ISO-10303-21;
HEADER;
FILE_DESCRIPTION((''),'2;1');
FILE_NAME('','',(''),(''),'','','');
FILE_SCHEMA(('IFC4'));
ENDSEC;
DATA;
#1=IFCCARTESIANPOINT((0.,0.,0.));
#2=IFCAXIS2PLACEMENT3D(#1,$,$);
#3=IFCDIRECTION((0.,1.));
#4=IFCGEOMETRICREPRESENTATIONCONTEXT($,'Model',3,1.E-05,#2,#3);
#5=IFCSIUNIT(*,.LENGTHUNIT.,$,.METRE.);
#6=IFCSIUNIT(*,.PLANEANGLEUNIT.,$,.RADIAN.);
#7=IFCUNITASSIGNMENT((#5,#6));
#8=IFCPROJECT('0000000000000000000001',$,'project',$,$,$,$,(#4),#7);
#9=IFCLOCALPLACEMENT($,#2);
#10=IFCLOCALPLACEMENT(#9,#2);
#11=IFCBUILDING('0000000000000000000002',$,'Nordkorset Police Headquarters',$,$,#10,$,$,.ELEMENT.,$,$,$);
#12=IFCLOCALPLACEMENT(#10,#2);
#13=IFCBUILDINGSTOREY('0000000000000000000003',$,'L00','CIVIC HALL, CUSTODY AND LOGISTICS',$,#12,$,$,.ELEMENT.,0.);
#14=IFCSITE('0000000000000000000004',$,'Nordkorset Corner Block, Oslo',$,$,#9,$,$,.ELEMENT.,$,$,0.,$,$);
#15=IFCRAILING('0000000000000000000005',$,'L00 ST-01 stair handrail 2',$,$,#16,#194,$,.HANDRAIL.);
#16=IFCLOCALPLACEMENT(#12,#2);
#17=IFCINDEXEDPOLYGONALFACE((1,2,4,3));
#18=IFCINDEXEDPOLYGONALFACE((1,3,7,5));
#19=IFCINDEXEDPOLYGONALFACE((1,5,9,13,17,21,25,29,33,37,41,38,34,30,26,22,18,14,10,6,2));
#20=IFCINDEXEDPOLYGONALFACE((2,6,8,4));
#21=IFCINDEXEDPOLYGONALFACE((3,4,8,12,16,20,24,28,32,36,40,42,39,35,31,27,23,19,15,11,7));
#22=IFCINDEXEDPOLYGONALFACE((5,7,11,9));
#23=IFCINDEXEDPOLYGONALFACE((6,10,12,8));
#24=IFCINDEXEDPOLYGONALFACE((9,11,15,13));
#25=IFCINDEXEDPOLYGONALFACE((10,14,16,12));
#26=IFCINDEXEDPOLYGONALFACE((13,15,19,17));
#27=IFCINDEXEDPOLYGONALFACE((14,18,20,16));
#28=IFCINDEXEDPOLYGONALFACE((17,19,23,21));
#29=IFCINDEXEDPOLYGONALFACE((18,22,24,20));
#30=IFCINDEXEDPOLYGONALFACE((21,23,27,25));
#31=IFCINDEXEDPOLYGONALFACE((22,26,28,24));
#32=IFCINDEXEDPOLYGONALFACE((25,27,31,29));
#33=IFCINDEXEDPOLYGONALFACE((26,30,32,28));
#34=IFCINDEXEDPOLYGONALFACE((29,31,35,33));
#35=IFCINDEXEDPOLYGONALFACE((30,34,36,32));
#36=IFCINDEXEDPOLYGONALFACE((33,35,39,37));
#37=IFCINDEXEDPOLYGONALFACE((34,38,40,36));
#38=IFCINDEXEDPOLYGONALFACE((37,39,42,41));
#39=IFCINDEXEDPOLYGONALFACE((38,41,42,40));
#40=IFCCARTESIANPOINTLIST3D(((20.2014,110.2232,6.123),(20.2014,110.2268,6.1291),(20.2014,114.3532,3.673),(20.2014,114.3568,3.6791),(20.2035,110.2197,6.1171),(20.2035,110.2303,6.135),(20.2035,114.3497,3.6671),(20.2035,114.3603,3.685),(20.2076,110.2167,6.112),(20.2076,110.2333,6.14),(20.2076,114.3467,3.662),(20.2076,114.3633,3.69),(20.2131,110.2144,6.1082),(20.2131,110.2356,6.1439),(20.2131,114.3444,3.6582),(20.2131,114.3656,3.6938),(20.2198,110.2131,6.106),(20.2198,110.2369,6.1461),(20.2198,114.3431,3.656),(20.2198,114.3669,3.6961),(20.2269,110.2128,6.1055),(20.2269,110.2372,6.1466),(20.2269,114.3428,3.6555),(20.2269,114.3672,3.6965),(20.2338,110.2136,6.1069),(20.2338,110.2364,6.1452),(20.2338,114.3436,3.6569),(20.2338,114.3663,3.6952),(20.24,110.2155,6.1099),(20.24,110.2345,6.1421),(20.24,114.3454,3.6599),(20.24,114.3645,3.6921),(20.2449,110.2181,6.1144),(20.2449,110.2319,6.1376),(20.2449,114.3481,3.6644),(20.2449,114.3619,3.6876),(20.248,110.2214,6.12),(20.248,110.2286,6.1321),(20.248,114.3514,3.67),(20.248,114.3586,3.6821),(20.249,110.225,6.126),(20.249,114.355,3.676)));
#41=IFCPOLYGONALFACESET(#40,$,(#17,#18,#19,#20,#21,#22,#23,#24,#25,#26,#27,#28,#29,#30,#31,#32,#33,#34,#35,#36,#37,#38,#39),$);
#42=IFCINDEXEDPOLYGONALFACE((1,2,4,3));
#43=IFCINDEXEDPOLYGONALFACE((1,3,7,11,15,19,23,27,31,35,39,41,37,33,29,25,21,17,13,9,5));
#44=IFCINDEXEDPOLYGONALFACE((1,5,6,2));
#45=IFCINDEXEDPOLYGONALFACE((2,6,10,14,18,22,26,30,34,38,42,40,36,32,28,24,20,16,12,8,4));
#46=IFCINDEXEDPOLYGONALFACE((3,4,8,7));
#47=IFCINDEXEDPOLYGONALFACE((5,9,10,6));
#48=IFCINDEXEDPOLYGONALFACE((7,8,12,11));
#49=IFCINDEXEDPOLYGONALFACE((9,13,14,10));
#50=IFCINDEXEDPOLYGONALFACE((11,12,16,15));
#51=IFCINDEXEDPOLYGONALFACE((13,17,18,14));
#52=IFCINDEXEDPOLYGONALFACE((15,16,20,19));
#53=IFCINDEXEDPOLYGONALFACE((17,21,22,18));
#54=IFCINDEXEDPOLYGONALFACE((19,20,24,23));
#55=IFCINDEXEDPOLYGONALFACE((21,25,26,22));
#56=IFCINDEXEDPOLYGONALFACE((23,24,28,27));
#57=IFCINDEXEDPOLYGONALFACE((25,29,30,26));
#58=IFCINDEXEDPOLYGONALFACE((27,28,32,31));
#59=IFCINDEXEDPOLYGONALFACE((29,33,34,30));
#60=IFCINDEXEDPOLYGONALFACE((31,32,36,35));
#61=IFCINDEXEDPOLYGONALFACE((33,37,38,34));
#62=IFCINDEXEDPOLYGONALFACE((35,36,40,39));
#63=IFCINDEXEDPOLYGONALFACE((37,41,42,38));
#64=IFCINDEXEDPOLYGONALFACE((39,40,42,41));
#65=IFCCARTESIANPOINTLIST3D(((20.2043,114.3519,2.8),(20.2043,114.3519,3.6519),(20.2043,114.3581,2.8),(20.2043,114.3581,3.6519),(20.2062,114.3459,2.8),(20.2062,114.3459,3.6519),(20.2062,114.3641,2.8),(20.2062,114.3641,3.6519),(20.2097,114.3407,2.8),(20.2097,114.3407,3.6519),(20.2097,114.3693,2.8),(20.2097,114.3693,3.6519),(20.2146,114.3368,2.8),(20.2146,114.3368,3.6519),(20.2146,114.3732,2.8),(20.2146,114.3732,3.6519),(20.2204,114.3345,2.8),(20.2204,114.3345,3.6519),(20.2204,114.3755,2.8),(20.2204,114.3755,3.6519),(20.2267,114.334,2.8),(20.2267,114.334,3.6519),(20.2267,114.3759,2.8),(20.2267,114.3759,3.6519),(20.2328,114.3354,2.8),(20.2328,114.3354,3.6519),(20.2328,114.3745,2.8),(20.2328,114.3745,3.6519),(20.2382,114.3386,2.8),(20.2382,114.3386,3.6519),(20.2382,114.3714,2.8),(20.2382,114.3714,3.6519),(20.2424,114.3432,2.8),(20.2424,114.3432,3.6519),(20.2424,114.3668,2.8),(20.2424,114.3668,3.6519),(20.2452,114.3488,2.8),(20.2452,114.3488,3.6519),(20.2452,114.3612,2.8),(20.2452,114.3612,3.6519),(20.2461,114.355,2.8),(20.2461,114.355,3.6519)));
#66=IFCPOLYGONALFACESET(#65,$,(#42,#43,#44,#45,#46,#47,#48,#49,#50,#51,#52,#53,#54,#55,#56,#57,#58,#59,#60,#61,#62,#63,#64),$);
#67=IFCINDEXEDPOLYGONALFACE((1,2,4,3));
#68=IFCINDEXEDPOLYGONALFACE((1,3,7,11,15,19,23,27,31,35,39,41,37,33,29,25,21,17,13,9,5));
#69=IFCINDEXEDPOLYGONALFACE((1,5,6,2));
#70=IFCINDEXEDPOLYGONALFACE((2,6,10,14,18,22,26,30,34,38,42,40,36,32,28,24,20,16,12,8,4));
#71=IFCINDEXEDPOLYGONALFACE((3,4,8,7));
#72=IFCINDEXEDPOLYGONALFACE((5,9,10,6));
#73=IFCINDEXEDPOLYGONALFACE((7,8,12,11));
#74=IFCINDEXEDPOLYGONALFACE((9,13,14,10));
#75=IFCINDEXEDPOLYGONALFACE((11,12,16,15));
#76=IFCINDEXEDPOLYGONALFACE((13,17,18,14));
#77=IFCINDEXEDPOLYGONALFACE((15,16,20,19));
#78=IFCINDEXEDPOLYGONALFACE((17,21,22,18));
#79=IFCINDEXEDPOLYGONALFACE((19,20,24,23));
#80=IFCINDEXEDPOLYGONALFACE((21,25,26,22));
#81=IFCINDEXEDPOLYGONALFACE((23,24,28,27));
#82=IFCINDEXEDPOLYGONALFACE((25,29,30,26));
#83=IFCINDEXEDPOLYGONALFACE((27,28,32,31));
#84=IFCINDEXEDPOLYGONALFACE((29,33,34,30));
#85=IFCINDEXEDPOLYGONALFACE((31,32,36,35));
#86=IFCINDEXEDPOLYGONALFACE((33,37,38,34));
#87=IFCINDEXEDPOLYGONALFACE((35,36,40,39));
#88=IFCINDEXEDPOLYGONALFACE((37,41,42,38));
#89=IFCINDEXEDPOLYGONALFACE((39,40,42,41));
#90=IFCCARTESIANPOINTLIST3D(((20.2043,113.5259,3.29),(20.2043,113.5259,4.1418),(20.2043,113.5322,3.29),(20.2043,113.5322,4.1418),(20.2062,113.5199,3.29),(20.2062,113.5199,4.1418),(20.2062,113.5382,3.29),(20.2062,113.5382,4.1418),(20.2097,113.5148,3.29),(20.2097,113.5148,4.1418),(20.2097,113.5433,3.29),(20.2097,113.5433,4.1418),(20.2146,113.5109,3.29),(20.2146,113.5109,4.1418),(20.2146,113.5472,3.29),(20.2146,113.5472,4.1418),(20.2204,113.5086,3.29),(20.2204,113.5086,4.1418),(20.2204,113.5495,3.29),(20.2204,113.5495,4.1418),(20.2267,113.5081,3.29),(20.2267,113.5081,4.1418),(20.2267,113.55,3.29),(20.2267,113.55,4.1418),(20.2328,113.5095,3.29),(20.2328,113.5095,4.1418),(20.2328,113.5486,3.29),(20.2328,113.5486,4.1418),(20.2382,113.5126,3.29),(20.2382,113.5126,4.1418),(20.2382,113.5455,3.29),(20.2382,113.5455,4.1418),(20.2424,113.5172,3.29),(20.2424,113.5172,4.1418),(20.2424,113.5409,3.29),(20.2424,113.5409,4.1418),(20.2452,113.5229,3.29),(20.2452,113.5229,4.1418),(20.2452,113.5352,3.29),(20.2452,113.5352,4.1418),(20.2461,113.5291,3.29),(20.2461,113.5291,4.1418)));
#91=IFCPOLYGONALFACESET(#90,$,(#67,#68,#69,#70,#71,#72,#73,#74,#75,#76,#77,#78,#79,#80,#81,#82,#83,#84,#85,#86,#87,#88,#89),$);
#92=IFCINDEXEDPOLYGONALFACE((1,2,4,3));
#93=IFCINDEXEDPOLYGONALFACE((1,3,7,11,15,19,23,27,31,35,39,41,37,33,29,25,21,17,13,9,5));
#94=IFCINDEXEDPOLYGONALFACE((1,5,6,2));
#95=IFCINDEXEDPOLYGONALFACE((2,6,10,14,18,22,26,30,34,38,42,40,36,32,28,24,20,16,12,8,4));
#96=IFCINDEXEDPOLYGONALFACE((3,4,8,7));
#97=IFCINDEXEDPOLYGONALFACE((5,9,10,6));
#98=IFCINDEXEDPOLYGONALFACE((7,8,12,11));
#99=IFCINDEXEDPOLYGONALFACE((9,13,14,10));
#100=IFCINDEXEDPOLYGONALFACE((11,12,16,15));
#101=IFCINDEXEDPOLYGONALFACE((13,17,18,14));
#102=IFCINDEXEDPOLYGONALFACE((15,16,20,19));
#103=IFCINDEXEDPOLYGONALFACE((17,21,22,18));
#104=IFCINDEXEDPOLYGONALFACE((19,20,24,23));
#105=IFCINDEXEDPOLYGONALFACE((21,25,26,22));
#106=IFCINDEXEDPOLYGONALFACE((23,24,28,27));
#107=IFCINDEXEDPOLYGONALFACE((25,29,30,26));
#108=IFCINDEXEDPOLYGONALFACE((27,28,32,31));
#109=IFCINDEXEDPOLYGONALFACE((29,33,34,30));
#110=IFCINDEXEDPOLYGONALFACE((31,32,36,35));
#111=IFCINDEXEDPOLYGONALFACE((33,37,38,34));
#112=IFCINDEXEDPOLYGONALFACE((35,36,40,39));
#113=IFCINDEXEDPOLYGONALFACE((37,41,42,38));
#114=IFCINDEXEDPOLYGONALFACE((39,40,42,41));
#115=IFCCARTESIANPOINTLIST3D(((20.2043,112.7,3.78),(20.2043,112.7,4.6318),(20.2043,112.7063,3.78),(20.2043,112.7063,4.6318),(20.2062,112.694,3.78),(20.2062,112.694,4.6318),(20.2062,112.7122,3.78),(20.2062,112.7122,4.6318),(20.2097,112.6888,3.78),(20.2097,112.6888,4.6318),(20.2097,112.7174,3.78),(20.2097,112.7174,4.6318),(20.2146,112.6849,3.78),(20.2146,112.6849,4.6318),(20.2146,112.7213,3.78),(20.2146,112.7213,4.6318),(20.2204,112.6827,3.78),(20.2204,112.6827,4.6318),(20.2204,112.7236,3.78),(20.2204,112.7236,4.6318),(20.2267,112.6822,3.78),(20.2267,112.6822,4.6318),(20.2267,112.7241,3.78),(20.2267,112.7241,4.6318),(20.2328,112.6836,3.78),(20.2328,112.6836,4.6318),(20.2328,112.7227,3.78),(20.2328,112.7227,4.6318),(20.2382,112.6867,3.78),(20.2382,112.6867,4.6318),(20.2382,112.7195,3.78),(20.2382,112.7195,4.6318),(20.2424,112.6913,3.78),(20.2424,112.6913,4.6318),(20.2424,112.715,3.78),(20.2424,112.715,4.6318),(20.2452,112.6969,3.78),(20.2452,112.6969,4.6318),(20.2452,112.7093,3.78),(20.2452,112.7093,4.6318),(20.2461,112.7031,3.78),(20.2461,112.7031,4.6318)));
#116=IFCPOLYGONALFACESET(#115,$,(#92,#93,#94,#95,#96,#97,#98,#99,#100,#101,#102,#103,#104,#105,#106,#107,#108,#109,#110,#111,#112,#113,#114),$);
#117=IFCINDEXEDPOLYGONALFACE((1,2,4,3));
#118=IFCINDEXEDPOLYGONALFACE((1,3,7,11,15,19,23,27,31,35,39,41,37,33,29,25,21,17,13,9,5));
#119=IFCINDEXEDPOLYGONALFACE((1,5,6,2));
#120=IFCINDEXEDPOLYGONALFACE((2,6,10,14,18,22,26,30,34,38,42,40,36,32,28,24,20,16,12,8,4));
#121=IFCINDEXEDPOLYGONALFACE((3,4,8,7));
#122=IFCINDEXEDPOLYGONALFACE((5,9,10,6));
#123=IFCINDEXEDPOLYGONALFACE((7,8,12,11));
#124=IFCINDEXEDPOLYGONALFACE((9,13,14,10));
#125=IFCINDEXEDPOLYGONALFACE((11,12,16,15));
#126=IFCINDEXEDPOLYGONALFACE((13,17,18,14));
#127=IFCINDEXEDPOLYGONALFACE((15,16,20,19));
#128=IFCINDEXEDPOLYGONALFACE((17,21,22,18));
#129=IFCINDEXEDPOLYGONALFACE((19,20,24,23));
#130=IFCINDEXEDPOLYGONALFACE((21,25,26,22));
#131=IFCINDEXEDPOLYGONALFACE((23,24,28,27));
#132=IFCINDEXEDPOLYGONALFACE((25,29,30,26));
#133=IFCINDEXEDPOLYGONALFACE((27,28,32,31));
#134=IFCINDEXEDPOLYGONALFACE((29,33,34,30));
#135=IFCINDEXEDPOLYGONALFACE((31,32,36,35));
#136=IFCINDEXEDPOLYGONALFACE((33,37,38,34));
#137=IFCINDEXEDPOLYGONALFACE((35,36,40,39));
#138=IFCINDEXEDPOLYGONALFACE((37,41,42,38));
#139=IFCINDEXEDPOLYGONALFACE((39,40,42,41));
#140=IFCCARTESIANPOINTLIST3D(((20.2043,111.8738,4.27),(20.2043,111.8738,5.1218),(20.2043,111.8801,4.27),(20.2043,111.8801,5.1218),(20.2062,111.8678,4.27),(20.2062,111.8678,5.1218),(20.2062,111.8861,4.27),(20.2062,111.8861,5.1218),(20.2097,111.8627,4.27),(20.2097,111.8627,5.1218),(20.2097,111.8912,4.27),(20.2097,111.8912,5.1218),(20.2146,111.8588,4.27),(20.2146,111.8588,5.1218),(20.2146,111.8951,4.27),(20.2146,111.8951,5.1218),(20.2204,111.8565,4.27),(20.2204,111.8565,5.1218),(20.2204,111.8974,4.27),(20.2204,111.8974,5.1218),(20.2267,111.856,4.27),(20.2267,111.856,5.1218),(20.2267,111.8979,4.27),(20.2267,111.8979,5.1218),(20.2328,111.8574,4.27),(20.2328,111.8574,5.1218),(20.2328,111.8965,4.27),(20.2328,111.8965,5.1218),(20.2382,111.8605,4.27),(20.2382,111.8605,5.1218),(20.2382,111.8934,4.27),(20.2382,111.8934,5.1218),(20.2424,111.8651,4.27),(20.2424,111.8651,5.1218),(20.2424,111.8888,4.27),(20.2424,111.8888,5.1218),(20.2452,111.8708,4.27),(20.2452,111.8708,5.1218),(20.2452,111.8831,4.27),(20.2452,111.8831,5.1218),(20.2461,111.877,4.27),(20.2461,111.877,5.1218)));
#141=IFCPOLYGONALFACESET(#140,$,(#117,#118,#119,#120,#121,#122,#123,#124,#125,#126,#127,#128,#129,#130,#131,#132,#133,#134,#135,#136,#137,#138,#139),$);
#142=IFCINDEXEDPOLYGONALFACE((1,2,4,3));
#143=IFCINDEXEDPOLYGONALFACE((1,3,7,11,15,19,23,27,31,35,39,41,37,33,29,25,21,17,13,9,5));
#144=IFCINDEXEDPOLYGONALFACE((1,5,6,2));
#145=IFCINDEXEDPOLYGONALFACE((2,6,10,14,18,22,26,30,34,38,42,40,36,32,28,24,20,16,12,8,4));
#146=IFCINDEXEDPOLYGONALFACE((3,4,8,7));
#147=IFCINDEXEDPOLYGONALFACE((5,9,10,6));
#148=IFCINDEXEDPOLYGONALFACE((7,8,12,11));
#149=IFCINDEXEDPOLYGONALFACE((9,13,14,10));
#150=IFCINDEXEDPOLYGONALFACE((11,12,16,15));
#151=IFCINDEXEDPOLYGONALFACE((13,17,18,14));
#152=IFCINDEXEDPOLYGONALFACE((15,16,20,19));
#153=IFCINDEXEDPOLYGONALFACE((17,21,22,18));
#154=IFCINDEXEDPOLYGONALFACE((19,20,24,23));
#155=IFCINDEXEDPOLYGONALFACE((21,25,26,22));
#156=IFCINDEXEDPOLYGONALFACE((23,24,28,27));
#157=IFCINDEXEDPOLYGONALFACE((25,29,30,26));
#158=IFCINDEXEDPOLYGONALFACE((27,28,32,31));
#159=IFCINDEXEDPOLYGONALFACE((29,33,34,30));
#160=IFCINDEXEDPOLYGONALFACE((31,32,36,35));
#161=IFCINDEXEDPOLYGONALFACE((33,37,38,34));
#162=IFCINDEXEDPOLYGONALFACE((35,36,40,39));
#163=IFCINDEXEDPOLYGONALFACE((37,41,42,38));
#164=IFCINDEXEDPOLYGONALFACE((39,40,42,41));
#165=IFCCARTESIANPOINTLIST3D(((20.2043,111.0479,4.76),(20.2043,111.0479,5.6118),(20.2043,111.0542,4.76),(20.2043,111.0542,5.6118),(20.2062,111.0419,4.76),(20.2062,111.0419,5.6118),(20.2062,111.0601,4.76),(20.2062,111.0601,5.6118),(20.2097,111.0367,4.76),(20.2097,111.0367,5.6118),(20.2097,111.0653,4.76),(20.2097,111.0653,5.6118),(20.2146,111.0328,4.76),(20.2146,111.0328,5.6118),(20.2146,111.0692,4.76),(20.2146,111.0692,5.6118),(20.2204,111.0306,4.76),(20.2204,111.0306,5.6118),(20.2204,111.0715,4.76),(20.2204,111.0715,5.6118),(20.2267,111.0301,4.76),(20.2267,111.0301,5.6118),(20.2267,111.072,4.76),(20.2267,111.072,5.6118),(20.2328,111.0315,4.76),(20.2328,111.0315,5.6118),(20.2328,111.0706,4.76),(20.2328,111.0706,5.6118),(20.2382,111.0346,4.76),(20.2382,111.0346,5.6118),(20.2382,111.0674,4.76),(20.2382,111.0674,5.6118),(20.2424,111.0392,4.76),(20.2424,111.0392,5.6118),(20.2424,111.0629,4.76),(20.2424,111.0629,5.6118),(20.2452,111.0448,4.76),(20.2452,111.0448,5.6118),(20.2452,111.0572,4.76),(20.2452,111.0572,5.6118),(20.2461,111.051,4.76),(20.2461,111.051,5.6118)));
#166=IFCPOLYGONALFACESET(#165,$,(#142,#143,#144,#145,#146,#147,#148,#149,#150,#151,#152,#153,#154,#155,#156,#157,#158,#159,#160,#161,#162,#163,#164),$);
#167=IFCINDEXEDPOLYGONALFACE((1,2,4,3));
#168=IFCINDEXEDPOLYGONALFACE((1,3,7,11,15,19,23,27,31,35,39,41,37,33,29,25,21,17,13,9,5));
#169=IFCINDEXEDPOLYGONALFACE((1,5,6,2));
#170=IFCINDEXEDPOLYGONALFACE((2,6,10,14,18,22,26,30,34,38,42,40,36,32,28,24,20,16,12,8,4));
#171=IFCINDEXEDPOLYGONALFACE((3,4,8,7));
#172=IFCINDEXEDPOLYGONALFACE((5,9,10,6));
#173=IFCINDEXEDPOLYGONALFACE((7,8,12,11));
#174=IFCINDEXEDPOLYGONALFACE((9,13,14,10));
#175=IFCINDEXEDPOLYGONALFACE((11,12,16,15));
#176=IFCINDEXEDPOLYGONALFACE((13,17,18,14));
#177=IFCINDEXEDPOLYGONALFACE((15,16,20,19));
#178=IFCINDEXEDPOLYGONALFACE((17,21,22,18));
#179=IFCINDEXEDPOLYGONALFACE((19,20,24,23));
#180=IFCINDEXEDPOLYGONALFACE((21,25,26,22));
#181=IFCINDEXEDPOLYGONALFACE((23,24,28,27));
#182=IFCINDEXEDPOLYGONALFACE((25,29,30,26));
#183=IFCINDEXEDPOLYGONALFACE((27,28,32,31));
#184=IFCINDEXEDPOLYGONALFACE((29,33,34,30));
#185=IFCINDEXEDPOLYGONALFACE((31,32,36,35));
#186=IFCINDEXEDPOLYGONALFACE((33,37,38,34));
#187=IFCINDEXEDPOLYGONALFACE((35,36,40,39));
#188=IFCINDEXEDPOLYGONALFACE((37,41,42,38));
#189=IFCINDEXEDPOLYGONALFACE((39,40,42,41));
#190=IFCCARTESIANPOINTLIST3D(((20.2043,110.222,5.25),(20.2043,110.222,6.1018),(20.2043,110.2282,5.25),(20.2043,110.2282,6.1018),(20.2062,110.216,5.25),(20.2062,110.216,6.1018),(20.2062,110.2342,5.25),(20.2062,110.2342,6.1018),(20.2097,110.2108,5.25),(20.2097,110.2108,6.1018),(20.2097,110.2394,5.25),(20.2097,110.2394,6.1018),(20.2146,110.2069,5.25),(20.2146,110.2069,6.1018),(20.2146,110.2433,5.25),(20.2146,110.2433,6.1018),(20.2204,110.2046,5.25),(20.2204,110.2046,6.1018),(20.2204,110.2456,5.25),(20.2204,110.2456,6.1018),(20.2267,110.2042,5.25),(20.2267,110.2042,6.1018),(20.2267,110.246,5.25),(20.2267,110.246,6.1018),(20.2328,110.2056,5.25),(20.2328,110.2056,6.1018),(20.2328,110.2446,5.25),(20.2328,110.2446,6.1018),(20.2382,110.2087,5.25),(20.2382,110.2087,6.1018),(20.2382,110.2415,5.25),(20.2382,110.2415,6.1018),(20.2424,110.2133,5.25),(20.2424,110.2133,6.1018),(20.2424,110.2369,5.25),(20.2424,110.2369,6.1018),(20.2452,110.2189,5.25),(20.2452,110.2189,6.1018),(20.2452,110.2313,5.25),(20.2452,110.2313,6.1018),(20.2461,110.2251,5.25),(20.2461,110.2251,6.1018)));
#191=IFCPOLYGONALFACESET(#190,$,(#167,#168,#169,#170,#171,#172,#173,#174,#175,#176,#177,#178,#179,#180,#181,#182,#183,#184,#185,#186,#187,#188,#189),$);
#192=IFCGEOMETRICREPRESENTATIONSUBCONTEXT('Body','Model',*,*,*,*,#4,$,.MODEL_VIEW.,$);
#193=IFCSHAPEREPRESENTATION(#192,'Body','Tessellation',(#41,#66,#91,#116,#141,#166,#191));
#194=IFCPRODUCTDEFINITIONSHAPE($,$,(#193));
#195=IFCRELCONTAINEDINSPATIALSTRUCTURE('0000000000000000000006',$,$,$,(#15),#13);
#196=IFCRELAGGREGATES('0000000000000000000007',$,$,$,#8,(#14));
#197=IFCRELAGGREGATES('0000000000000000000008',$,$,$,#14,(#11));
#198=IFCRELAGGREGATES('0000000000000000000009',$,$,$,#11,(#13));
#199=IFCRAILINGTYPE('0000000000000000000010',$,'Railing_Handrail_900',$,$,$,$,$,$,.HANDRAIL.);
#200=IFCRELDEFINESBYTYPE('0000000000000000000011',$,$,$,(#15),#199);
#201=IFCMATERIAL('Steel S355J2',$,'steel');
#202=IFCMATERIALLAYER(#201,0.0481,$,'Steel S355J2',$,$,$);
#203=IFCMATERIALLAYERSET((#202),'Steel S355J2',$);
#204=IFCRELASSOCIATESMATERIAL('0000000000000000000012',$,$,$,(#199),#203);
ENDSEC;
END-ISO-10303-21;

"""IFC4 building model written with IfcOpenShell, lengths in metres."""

from ifc_helpers import new_model, si_unit, direction, frame, origin, origin_2d, place, context, subcontext, project, spatial, circle, extrude, material, layer, layer_set, type_object, element, save


model = new_model("IFC4")

# Units and contexts
model_context = context("Model", 3, precision=1e-05, world=origin(), true_north=direction((0.0, 1.0)))
body_context = subcontext(model_context, "Body", "Model", "MODEL_VIEW")
ifc_project = project(units=[si_unit("LENGTHUNIT", "METRE"), si_unit("PLANEANGLEUNIT", "RADIAN")], contexts=[model_context])

# Site, building, storey
site_placement = place(None, origin())
site = spatial("IfcSite", under=ifc_project, at=site_placement, Name="Nordkorset Corner Block, Oslo", CompositionType="ELEMENT", RefElevation=0.0)
building_placement = place(site_placement, origin())
building = spatial("IfcBuilding", under=site, at=building_placement, Name="Nordkorset Police Headquarters", CompositionType="ELEMENT")
storey_placement = place(building_placement, origin())
storey = spatial("IfcBuildingStorey", under=building, at=storey_placement, Name="L00", Description="CIVIC HALL, CUSTODY AND LOGISTICS", CompositionType="ELEMENT", Elevation=0.0)

# Railing
ifc_material_1 = material(Name="Steel S355J2", Category="steel")
ifc_layer_1 = layer(ifc_material_1, 0.0481, Name="Steel S355J2")
ifc_layer_set_1 = layer_set([ifc_layer_1], Name="Steel S355J2")
railing_type_1 = type_object("IfcRailingType", Name="Railing_Handrail_900", PredefinedType="HANDRAIL", material=ifc_layer_set_1)
railing_1_placement = place(storey_placement, frame((20.2251, 114.355, 2.8)))
element("IfcRailing", 1, at=railing_1_placement, inside=storey, type_object=railing_type_1, Name="L00 ST-01 stair handrail 2", PredefinedType="HANDRAIL", context=body_context, shape_type="SweptSolid", body=[
    extrude(circle(Radius=0.0239, at=origin_2d()), frame((0.0, 0.0, 0.876), z_axis=(0.0, -0.860053, 0.510205), x_axis=(1.0, 0.0, 0.0)), (0.0, 0.0, 1.0), 4.802),
    extrude(circle(Radius=0.021, at=origin_2d()), origin(), (0.0, 0.0, 1.0), 0.8518),
    extrude(circle(Radius=0.021, at=origin_2d()), frame((0.0, -0.8259, 0.49)), (0.0, 0.0, 1.0), 0.8518),
    extrude(circle(Radius=0.021, at=origin_2d()), frame((0.0, -1.6519, 0.98)), (0.0, 0.0, 1.0), 0.8518),
    extrude(circle(Radius=0.021, at=origin_2d()), frame((0.0, -2.478, 1.47)), (0.0, 0.0, 1.0), 0.8518),
    extrude(circle(Radius=0.021, at=origin_2d()), frame((0.0, -3.304, 1.96)), (0.0, 0.0, 1.0), 0.8518),
    extrude(circle(Radius=0.021, at=origin_2d()), frame((0.0, -4.1299, 2.45)), (0.0, 0.0, 1.0), 0.8518),
])

save(model, "model.ifc")
